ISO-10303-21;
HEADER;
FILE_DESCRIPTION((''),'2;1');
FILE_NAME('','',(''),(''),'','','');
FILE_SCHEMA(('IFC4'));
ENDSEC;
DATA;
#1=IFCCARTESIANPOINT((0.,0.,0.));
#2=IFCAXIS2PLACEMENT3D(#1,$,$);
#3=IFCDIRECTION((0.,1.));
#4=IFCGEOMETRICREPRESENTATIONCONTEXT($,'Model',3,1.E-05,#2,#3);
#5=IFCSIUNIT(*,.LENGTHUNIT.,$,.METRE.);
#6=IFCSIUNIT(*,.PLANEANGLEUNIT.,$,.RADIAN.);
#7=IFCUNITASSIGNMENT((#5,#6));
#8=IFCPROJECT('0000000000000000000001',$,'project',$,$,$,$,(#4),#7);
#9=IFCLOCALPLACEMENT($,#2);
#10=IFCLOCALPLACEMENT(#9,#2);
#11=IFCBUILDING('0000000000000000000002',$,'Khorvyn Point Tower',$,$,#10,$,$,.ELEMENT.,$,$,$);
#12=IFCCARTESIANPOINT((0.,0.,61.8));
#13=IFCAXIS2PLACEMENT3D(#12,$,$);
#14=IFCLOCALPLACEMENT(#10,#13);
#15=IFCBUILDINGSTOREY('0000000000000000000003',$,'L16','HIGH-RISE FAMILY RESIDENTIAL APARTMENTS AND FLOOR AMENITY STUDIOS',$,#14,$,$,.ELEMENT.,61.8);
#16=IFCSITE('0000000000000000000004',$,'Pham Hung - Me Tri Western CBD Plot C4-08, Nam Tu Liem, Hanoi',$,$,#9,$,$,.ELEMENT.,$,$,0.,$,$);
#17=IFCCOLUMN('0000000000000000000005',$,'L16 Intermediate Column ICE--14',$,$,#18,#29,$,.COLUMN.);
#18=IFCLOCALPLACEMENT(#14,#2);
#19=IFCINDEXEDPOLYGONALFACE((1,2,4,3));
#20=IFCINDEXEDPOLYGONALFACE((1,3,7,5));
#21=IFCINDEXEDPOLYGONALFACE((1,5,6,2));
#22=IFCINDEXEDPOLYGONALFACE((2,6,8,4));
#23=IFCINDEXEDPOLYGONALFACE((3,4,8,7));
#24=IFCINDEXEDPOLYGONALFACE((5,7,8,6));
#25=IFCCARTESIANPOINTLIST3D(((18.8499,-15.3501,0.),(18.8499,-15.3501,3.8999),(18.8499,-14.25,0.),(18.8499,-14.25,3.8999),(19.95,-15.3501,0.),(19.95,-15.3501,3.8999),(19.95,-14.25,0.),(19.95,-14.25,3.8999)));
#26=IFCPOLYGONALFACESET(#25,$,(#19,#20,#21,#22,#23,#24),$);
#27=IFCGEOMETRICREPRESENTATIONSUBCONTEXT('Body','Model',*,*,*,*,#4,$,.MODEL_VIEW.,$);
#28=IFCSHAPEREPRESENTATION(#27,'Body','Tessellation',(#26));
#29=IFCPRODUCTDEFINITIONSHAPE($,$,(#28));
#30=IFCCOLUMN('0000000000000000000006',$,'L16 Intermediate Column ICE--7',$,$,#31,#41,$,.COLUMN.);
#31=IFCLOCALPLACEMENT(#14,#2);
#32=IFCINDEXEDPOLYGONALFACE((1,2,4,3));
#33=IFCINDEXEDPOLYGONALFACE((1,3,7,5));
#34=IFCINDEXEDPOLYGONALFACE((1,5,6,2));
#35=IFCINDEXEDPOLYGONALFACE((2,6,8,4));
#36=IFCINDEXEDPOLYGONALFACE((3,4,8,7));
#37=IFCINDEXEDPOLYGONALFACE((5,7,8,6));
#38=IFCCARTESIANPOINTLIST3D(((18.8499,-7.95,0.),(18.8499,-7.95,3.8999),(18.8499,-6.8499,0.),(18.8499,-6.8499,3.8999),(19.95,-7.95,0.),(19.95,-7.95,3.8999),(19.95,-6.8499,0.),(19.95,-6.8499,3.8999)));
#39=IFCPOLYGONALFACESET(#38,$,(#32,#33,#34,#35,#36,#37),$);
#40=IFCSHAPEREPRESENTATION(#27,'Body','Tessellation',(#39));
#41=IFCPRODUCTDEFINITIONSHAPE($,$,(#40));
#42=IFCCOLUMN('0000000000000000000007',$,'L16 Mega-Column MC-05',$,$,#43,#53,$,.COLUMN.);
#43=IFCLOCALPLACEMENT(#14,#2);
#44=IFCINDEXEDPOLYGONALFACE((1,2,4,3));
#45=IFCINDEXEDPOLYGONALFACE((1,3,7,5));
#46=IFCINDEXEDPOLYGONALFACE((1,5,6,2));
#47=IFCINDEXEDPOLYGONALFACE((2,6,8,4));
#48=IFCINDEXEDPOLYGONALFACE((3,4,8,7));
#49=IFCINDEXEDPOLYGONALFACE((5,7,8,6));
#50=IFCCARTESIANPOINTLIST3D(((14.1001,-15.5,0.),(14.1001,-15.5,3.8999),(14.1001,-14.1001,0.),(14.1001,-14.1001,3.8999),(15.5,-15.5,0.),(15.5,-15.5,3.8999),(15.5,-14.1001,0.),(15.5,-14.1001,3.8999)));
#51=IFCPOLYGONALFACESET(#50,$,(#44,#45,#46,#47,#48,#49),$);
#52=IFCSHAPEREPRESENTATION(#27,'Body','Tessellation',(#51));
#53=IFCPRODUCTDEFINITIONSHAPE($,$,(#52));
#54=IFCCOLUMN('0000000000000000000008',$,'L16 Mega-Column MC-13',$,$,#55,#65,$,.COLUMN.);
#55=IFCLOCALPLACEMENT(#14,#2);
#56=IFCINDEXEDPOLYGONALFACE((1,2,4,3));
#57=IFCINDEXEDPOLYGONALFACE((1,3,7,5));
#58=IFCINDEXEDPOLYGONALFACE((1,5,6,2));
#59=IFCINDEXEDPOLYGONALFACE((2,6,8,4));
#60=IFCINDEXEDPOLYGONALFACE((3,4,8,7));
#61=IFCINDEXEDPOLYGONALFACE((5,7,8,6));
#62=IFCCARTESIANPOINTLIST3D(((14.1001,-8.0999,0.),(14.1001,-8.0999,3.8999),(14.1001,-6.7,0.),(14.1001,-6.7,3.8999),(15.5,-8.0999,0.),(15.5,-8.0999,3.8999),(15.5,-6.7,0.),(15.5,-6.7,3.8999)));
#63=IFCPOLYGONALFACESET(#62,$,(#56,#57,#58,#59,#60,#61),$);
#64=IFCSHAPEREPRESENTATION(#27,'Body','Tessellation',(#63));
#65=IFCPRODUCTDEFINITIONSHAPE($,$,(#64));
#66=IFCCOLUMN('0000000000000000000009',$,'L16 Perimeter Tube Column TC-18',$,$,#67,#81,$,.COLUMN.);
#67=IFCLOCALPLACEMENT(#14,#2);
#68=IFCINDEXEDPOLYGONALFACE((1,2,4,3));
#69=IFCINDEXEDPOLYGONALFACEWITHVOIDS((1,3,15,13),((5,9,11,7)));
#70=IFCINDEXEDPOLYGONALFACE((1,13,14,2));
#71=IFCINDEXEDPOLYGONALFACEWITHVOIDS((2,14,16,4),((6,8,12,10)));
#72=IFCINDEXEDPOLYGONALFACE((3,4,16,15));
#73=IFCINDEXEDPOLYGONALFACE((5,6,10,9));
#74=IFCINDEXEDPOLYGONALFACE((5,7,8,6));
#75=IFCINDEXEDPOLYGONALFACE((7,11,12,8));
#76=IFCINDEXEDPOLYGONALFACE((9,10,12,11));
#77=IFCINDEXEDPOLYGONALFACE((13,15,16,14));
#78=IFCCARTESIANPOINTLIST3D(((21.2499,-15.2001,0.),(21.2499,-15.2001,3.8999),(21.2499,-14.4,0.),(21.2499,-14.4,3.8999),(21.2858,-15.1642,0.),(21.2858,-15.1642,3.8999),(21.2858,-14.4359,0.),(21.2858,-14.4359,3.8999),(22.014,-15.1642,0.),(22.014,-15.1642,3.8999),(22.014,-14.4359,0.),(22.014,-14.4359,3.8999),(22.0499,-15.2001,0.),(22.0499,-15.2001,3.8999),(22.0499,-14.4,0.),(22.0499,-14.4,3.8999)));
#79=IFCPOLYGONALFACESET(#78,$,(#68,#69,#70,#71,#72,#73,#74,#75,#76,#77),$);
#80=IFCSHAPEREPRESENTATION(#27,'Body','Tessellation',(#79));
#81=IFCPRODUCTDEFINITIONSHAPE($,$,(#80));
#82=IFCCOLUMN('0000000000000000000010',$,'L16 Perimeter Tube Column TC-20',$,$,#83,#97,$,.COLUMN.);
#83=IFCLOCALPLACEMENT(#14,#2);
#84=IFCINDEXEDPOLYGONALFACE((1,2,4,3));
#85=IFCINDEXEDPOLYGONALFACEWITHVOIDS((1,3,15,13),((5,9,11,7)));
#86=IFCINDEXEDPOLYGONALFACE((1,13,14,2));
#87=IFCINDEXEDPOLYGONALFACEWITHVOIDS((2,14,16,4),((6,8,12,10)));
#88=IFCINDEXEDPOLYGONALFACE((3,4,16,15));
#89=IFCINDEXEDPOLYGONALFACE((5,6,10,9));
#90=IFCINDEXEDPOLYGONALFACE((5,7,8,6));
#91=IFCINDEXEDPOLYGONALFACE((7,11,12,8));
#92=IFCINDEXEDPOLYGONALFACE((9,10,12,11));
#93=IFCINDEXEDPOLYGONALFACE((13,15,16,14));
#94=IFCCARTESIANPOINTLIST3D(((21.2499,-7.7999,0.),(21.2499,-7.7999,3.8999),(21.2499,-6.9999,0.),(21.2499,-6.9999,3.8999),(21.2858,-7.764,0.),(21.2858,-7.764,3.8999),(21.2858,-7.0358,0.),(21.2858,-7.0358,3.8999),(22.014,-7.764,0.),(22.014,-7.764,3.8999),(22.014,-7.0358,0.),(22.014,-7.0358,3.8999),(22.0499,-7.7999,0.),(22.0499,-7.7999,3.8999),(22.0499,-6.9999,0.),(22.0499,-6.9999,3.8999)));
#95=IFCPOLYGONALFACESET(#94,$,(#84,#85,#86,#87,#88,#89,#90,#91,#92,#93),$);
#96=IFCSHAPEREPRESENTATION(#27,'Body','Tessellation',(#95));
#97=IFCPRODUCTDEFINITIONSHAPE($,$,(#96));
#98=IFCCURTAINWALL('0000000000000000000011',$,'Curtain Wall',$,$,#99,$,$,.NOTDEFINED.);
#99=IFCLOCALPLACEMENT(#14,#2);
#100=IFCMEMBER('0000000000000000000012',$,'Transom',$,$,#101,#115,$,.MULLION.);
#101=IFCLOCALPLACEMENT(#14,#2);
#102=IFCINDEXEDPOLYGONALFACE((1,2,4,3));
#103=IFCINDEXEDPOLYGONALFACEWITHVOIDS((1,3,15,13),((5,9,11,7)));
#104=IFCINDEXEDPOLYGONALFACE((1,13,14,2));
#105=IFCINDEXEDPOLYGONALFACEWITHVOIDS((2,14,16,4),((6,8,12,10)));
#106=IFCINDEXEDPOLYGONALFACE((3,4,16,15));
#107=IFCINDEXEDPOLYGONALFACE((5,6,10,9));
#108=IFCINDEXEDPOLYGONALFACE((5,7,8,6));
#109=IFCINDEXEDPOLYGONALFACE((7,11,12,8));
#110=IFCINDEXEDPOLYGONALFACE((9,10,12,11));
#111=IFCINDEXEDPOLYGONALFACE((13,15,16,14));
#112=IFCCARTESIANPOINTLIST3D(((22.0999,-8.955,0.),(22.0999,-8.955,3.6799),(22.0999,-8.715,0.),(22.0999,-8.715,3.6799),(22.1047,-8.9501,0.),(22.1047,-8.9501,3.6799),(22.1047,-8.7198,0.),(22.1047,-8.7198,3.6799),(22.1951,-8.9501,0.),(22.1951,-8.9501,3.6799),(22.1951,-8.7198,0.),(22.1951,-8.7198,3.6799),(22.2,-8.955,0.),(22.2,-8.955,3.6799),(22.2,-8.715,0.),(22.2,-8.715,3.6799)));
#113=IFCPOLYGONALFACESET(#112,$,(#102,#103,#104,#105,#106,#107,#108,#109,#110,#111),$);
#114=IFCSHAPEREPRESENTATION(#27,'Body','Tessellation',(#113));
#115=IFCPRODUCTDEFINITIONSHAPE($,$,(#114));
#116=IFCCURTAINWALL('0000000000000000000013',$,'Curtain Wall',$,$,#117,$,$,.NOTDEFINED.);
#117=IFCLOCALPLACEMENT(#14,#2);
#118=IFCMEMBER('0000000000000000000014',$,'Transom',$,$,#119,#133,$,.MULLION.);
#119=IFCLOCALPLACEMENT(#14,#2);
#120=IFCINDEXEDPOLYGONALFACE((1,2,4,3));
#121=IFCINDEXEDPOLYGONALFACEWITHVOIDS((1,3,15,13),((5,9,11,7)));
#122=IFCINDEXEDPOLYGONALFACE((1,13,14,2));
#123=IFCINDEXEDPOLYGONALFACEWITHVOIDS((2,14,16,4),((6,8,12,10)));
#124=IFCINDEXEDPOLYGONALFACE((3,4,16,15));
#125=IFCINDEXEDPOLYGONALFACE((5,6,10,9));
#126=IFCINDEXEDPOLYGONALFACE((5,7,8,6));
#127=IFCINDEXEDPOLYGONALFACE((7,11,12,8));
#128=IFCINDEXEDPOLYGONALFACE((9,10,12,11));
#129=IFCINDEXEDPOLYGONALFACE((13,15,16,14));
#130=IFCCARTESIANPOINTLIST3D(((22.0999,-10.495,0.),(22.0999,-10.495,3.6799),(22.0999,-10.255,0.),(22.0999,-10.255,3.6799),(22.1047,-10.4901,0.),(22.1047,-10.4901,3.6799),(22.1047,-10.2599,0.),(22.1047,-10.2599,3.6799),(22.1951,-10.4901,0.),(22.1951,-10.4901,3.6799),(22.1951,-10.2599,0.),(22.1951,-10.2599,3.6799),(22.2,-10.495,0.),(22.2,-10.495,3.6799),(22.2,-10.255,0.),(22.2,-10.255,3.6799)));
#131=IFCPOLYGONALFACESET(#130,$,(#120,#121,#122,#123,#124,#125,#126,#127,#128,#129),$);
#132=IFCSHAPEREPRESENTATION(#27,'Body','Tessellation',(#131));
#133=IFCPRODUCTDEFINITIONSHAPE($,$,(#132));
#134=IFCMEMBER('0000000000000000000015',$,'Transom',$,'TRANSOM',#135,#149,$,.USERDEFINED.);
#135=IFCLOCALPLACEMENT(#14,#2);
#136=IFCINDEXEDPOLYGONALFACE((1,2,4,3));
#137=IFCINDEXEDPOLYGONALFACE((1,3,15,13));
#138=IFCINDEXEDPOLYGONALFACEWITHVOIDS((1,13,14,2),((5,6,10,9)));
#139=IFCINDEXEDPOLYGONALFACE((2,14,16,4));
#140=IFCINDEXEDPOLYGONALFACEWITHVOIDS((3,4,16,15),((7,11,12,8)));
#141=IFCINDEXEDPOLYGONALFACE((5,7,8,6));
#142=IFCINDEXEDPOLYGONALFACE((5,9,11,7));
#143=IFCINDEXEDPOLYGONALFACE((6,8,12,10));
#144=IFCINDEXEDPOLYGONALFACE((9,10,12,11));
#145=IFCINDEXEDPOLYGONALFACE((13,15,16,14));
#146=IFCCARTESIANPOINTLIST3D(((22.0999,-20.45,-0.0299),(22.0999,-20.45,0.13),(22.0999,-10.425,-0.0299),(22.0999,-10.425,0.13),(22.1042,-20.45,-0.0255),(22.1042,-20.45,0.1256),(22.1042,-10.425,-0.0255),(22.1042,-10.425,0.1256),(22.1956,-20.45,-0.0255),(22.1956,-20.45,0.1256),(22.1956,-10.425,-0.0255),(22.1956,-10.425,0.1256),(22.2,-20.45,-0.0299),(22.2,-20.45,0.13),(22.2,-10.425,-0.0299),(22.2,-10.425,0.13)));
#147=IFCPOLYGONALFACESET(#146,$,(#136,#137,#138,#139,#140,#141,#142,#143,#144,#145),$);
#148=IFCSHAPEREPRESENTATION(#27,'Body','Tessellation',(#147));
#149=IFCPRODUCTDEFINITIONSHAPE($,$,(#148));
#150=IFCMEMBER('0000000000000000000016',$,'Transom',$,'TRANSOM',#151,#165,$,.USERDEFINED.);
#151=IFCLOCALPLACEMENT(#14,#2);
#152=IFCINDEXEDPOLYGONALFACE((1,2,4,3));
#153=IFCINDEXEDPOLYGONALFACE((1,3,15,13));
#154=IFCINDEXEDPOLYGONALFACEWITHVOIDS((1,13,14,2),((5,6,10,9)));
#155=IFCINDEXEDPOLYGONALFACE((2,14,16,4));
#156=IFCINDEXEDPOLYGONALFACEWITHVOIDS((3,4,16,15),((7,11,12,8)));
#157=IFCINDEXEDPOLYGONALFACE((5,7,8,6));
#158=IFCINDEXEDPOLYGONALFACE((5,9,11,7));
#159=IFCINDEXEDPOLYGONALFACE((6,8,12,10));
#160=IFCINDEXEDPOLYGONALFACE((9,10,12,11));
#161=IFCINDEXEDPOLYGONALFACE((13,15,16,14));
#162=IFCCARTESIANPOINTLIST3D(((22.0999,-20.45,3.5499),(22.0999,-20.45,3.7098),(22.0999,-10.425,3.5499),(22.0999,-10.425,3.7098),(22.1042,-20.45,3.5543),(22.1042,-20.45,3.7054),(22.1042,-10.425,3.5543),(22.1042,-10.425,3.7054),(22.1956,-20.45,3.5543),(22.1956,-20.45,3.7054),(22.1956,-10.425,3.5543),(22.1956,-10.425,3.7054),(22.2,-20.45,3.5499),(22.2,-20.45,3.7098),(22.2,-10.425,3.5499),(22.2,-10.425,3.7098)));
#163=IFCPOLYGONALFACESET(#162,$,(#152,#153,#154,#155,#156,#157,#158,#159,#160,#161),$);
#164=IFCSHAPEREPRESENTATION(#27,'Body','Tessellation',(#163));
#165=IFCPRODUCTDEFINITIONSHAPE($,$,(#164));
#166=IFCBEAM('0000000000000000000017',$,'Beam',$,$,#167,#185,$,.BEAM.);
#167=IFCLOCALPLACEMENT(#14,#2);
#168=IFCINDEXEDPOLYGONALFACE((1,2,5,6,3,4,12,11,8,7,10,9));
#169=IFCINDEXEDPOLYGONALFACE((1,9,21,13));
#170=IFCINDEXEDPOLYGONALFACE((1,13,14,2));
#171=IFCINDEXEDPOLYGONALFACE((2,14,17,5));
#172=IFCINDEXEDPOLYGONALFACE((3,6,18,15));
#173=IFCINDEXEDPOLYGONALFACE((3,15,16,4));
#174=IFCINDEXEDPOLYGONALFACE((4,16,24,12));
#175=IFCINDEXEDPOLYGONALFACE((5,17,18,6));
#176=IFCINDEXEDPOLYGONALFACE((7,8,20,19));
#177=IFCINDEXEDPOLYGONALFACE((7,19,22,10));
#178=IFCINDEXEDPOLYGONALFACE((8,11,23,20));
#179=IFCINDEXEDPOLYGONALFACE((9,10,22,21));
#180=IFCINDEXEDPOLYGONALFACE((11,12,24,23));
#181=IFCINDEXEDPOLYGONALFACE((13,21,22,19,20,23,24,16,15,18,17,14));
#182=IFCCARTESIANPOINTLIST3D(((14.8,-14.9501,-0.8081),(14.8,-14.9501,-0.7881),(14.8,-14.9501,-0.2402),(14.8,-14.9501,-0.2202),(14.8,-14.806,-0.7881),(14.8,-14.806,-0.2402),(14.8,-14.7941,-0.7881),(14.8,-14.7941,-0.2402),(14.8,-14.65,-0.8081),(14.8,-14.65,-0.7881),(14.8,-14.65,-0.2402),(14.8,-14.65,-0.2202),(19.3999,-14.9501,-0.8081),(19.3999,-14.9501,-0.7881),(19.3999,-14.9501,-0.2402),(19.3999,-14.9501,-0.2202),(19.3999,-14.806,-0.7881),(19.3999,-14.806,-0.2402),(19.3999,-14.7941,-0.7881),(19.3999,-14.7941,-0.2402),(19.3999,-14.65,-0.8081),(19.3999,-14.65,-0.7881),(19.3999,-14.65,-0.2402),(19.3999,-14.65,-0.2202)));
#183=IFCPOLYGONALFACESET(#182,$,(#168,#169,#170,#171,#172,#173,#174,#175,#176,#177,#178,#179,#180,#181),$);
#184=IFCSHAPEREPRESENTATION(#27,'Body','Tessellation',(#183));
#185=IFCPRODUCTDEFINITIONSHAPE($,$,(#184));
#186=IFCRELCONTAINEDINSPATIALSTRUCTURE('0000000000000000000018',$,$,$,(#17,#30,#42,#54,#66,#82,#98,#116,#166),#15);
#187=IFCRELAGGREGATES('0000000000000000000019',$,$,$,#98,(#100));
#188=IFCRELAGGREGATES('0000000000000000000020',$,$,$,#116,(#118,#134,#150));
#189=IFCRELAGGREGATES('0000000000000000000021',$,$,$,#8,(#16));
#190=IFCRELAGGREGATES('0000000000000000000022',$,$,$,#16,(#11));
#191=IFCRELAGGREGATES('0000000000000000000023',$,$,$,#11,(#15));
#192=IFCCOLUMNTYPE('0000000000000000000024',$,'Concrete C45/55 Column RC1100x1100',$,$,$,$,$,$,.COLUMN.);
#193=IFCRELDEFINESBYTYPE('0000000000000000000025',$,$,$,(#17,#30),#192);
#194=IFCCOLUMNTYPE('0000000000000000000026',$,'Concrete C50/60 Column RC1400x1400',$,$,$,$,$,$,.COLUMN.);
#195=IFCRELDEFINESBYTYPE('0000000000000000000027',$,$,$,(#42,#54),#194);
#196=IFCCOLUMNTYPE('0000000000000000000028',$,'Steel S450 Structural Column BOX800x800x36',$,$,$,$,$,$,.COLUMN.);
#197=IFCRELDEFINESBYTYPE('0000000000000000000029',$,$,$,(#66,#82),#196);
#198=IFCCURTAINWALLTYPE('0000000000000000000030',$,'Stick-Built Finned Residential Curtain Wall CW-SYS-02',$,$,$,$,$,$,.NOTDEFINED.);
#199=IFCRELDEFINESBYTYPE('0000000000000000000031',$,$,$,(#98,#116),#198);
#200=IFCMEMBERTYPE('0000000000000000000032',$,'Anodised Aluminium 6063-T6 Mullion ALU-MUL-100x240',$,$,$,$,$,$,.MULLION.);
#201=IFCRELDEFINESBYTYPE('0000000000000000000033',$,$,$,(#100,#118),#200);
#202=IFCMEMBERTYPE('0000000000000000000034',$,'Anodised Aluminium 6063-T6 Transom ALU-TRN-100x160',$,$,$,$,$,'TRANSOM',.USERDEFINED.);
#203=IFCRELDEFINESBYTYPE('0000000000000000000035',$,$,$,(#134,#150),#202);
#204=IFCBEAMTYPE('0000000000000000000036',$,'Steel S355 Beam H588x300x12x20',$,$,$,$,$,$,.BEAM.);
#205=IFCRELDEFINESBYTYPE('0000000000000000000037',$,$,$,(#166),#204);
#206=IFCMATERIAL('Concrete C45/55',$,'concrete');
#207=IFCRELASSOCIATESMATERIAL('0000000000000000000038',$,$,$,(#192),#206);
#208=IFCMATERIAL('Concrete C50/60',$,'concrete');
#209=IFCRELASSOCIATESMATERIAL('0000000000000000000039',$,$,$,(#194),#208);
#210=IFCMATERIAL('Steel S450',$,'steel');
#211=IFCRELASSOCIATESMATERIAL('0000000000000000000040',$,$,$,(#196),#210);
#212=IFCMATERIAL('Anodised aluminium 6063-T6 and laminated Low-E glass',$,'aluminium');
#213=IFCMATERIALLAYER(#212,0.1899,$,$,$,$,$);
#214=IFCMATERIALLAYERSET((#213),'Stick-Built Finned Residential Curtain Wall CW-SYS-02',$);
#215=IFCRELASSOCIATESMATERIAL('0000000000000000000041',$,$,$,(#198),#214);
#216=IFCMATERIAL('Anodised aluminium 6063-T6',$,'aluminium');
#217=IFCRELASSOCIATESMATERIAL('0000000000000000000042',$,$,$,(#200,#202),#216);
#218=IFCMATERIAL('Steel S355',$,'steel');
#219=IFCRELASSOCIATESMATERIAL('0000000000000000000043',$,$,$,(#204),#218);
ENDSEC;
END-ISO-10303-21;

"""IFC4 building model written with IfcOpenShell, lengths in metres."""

from ifc_helpers import new_model, si_unit, direction, frame, origin, origin_2d, place, context, subcontext, project, spatial, rectangle, hollow_rectangle, i_section, extrude, material, layer, layer_set, material_profile, profile_set, type_object, element, aggregate, save


model = new_model("IFC4")

# Units and contexts
model_context = context("Model", 3, precision=1e-05, world=origin(), true_north=direction((0.0, 1.0)))
body_context = subcontext(model_context, "Body", "Model", "MODEL_VIEW")
ifc_project = project(units=[si_unit("LENGTHUNIT", "METRE"), si_unit("PLANEANGLEUNIT", "RADIAN")], contexts=[model_context])

# Site, building, storey
site_placement = place(None, origin())
site = spatial("IfcSite", under=ifc_project, at=site_placement, Name="Pham Hung - Me Tri Western CBD Plot C4-08, Nam Tu Liem, Hanoi", CompositionType="ELEMENT", RefElevation=0.0)
building_placement = place(site_placement, origin())
building = spatial("IfcBuilding", under=site, at=building_placement, Name="Khorvyn Point Tower", CompositionType="ELEMENT")
storey_placement = place(building_placement, frame((0.0, 0.0, 61.8)))
storey = spatial("IfcBuildingStorey", under=building, at=storey_placement, Name="L16", Description="HIGH-RISE FAMILY RESIDENTIAL APARTMENTS AND FLOOR AMENITY STUDIOS", CompositionType="ELEMENT", Elevation=61.8)

# Columns
ifc_material_1 = material(Name="Concrete C45/55", Category="concrete")
ifc_material_profile_1 = material_profile(ifc_material_1, rectangle(XDim=1.1001, YDim=1.1001, at=origin_2d()))
ifc_profile_set_1 = profile_set([ifc_material_profile_1], Name="Concrete C45/55 RC1100x1100")
column_type_1 = type_object("IfcColumnType", Name="Concrete C45/55 Column RC1100x1100", PredefinedType="COLUMN", material=ifc_profile_set_1)
for number, where, z_axis, x_axis, name in (
    (1, (19.3999, -14.8, 0.0), (0.0, 0.0, 1.0), (1.0, 0.0, 0.0), "L16 Intermediate Column ICE--14"),
    (2, (19.3999, -7.3999, 0.0), (0.0, 0.0, 1.0), (1.0, 0.0, 0.0), "L16 Intermediate Column ICE--7"),
):
    element("IfcColumn", number, at=place(storey_placement, frame(where, z_axis=z_axis, x_axis=x_axis)), inside=storey, type_object=column_type_1, Name=name, PredefinedType="COLUMN", context=body_context, shape_type="SweptSolid", body=[
        extrude(rectangle(XDim=1.1001, YDim=1.1001, at=origin_2d()), origin(), (0.0, 0.0, 1.0), 3.8999),
    ])
ifc_material_2 = material(Name="Concrete C50/60", Category="concrete")
ifc_material_profile_2 = material_profile(ifc_material_2, rectangle(XDim=1.3999, YDim=1.3999, at=origin_2d()))
ifc_profile_set_2 = profile_set([ifc_material_profile_2], Name="Concrete C50/60 RC1400x1400")
column_type_2 = type_object("IfcColumnType", Name="Concrete C50/60 Column RC1400x1400", PredefinedType="COLUMN", material=ifc_profile_set_2)
for number, where, z_axis, x_axis, name in (
    (3, (14.8, -14.8, 0.0), (0.0, 0.0, 1.0), (1.0, 0.0, 0.0), "L16 Mega-Column MC-05"),
    (4, (14.8, -7.3999, 0.0), (0.0, 0.0, 1.0), (1.0, 0.0, 0.0), "L16 Mega-Column MC-13"),
):
    element("IfcColumn", number, at=place(storey_placement, frame(where, z_axis=z_axis, x_axis=x_axis)), inside=storey, type_object=column_type_2, Name=name, PredefinedType="COLUMN", context=body_context, shape_type="SweptSolid", body=[
        extrude(rectangle(XDim=1.3999, YDim=1.3999, at=origin_2d()), origin(), (0.0, 0.0, 1.0), 3.8999),
    ])
ifc_material_3 = material(Name="Steel S450", Category="steel")
ifc_material_profile_3 = material_profile(ifc_material_3, hollow_rectangle(XDim=0.8, YDim=0.8, WallThickness=0.0359, at=origin_2d()))
ifc_profile_set_3 = profile_set([ifc_material_profile_3], Name="Steel S450 BOX800x800x36")
column_type_3 = type_object("IfcColumnType", Name="Steel S450 Structural Column BOX800x800x36", PredefinedType="COLUMN", material=ifc_profile_set_3)
for number, where, z_axis, x_axis, name in (
    (5, (21.6499, -14.8, 0.0), (0.0, 0.0, 1.0), (1.0, 0.0, 0.0), "L16 Perimeter Tube Column TC-18"),
    (6, (21.6499, -7.3999, 0.0), (0.0, 0.0, 1.0), (1.0, 0.0, 0.0), "L16 Perimeter Tube Column TC-20"),
):
    element("IfcColumn", number, at=place(storey_placement, frame(where, z_axis=z_axis, x_axis=x_axis)), inside=storey, type_object=column_type_3, Name=name, PredefinedType="COLUMN", context=body_context, shape_type="SweptSolid", body=[
        extrude(hollow_rectangle(XDim=0.8, YDim=0.8, WallThickness=0.0359, at=origin_2d()), origin(), (0.0, 0.0, 1.0), 3.8999),
    ])

# Curtain wall, member
ifc_material_4 = material(Name="Anodised aluminium 6063-T6 and laminated Low-E glass", Category="aluminium")
ifc_layer_1 = layer(ifc_material_4, 0.1899)
ifc_layer_set_1 = layer_set([ifc_layer_1], Name="Stick-Built Finned Residential Curtain Wall CW-SYS-02")
curtain_wall_type = type_object("IfcCurtainWallType", Name="Stick-Built Finned Residential Curtain Wall CW-SYS-02", PredefinedType="NOTDEFINED", material=ifc_layer_set_1)
curtain_wall_1_placement = place(storey_placement, origin())
curtain_wall_1 = element("IfcCurtainWall", 7, at=curtain_wall_1_placement, inside=storey, type_object=curtain_wall_type, Name="Curtain Wall", PredefinedType="NOTDEFINED")
ifc_material_5 = material(Name="Anodised aluminium 6063-T6", Category="aluminium")
ifc_material_profile_4 = material_profile(ifc_material_5, hollow_rectangle(XDim=0.1001, YDim=0.24, WallThickness=0.0049, at=origin_2d()))
ifc_profile_set_4 = profile_set([ifc_material_profile_4], Name="Anodised aluminium 6063-T6 ALU-MUL-100x240")
member_type_1 = type_object("IfcMemberType", Name="Anodised Aluminium 6063-T6 Mullion ALU-MUL-100x240", PredefinedType="MULLION", material=ifc_profile_set_4)
member_1_placement = place(storey_placement, frame((22.1499, -8.835, 0.0), z_axis=(0.0, 0.0, 1.0), x_axis=(1.0, 0.0, 0.0)))
member_1 = element("IfcMember", 8, at=member_1_placement, type_object=member_type_1, Name="Transom", PredefinedType="MULLION", context=body_context, shape_type="SweptSolid", body=[
    extrude(hollow_rectangle(XDim=0.1001, YDim=0.24, WallThickness=0.0049, at=origin_2d()), origin(), (0.0, 0.0, 1.0), 3.6799),
])
aggregate(curtain_wall_1, [member_1])

# Curtain wall, members
curtain_wall_2_placement = place(storey_placement, origin())
curtain_wall_2 = element("IfcCurtainWall", 9, at=curtain_wall_2_placement, inside=storey, type_object=curtain_wall_type, Name="Curtain Wall", PredefinedType="NOTDEFINED")
member_2_placement = place(storey_placement, frame((22.1499, -10.375, 0.0), z_axis=(0.0, 0.0, 1.0), x_axis=(1.0, 0.0, 0.0)))
member_2 = element("IfcMember", 10, at=member_2_placement, type_object=member_type_1, Name="Transom", PredefinedType="MULLION", context=body_context, shape_type="SweptSolid", body=[
    extrude(hollow_rectangle(XDim=0.1001, YDim=0.24, WallThickness=0.0049, at=origin_2d()), origin(), (0.0, 0.0, 1.0), 3.6799),
])
ifc_material_profile_5 = material_profile(ifc_material_5, hollow_rectangle(XDim=0.1001, YDim=0.1599, WallThickness=0.0044, at=origin_2d()))
ifc_profile_set_5 = profile_set([ifc_material_profile_5], Name="Anodised aluminium 6063-T6 ALU-TRN-100x160")
member_type_2 = type_object("IfcMemberType", Name="Anodised Aluminium 6063-T6 Transom ALU-TRN-100x160", ElementType="TRANSOM", PredefinedType="USERDEFINED", material=ifc_profile_set_5)
member_3_placement = place(storey_placement, frame((22.1499, -10.425, 0.05), z_axis=(0.0, -1.0, 0.0), x_axis=(1.0, 0.0, 0.0)))
member_3 = element("IfcMember", 11, at=member_3_placement, type_object=member_type_2, Name="Transom", ObjectType="TRANSOM", PredefinedType="USERDEFINED", context=body_context, shape_type="SweptSolid", body=[
    extrude(hollow_rectangle(XDim=0.1001, YDim=0.1599, WallThickness=0.0044, at=origin_2d()), origin(), (0.0, 0.0, 1.0), 10.0249),
])
member_4_placement = place(storey_placement, frame((22.1499, -10.425, 3.6299), z_axis=(0.0, -1.0, 0.0), x_axis=(1.0, 0.0, 0.0)))
member_4 = element("IfcMember", 12, at=member_4_placement, type_object=member_type_2, Name="Transom", ObjectType="TRANSOM", PredefinedType="USERDEFINED", context=body_context, shape_type="SweptSolid", body=[
    extrude(hollow_rectangle(XDim=0.1001, YDim=0.1599, WallThickness=0.0044, at=origin_2d()), origin(), (0.0, 0.0, 1.0), 10.0249),
])

# Beam
ifc_material_6 = material(Name="Steel S355", Category="steel")
ifc_material_profile_6 = material_profile(ifc_material_6, i_section(OverallWidth=0.3, OverallDepth=0.5879, WebThickness=0.012, FlangeThickness=0.02, at=origin_2d()))
ifc_profile_set_6 = profile_set([ifc_material_profile_6], Name="Steel S355 H588x300x12x20")
beam_type_1 = type_object("IfcBeamType", Name="Steel S355 Beam H588x300x12x20", PredefinedType="BEAM", material=ifc_profile_set_6)
beam_1_placement = place(storey_placement, frame((14.8, -14.8, -0.5142), z_axis=(1.0, 0.0, 0.0), x_axis=(0.0, 1.0, 0.0)))
element("IfcBeam", 13, at=beam_1_placement, inside=storey, type_object=beam_type_1, Name="Beam", PredefinedType="BEAM", context=body_context, shape_type="SweptSolid", body=[
    extrude(i_section(OverallWidth=0.3, OverallDepth=0.5879, WebThickness=0.012, FlangeThickness=0.02, at=origin_2d()), origin(), (0.0, 0.0, 1.0), 4.5999),
])

aggregate(curtain_wall_2, [member_2, member_3, member_4])

save(model, "model.ifc")
